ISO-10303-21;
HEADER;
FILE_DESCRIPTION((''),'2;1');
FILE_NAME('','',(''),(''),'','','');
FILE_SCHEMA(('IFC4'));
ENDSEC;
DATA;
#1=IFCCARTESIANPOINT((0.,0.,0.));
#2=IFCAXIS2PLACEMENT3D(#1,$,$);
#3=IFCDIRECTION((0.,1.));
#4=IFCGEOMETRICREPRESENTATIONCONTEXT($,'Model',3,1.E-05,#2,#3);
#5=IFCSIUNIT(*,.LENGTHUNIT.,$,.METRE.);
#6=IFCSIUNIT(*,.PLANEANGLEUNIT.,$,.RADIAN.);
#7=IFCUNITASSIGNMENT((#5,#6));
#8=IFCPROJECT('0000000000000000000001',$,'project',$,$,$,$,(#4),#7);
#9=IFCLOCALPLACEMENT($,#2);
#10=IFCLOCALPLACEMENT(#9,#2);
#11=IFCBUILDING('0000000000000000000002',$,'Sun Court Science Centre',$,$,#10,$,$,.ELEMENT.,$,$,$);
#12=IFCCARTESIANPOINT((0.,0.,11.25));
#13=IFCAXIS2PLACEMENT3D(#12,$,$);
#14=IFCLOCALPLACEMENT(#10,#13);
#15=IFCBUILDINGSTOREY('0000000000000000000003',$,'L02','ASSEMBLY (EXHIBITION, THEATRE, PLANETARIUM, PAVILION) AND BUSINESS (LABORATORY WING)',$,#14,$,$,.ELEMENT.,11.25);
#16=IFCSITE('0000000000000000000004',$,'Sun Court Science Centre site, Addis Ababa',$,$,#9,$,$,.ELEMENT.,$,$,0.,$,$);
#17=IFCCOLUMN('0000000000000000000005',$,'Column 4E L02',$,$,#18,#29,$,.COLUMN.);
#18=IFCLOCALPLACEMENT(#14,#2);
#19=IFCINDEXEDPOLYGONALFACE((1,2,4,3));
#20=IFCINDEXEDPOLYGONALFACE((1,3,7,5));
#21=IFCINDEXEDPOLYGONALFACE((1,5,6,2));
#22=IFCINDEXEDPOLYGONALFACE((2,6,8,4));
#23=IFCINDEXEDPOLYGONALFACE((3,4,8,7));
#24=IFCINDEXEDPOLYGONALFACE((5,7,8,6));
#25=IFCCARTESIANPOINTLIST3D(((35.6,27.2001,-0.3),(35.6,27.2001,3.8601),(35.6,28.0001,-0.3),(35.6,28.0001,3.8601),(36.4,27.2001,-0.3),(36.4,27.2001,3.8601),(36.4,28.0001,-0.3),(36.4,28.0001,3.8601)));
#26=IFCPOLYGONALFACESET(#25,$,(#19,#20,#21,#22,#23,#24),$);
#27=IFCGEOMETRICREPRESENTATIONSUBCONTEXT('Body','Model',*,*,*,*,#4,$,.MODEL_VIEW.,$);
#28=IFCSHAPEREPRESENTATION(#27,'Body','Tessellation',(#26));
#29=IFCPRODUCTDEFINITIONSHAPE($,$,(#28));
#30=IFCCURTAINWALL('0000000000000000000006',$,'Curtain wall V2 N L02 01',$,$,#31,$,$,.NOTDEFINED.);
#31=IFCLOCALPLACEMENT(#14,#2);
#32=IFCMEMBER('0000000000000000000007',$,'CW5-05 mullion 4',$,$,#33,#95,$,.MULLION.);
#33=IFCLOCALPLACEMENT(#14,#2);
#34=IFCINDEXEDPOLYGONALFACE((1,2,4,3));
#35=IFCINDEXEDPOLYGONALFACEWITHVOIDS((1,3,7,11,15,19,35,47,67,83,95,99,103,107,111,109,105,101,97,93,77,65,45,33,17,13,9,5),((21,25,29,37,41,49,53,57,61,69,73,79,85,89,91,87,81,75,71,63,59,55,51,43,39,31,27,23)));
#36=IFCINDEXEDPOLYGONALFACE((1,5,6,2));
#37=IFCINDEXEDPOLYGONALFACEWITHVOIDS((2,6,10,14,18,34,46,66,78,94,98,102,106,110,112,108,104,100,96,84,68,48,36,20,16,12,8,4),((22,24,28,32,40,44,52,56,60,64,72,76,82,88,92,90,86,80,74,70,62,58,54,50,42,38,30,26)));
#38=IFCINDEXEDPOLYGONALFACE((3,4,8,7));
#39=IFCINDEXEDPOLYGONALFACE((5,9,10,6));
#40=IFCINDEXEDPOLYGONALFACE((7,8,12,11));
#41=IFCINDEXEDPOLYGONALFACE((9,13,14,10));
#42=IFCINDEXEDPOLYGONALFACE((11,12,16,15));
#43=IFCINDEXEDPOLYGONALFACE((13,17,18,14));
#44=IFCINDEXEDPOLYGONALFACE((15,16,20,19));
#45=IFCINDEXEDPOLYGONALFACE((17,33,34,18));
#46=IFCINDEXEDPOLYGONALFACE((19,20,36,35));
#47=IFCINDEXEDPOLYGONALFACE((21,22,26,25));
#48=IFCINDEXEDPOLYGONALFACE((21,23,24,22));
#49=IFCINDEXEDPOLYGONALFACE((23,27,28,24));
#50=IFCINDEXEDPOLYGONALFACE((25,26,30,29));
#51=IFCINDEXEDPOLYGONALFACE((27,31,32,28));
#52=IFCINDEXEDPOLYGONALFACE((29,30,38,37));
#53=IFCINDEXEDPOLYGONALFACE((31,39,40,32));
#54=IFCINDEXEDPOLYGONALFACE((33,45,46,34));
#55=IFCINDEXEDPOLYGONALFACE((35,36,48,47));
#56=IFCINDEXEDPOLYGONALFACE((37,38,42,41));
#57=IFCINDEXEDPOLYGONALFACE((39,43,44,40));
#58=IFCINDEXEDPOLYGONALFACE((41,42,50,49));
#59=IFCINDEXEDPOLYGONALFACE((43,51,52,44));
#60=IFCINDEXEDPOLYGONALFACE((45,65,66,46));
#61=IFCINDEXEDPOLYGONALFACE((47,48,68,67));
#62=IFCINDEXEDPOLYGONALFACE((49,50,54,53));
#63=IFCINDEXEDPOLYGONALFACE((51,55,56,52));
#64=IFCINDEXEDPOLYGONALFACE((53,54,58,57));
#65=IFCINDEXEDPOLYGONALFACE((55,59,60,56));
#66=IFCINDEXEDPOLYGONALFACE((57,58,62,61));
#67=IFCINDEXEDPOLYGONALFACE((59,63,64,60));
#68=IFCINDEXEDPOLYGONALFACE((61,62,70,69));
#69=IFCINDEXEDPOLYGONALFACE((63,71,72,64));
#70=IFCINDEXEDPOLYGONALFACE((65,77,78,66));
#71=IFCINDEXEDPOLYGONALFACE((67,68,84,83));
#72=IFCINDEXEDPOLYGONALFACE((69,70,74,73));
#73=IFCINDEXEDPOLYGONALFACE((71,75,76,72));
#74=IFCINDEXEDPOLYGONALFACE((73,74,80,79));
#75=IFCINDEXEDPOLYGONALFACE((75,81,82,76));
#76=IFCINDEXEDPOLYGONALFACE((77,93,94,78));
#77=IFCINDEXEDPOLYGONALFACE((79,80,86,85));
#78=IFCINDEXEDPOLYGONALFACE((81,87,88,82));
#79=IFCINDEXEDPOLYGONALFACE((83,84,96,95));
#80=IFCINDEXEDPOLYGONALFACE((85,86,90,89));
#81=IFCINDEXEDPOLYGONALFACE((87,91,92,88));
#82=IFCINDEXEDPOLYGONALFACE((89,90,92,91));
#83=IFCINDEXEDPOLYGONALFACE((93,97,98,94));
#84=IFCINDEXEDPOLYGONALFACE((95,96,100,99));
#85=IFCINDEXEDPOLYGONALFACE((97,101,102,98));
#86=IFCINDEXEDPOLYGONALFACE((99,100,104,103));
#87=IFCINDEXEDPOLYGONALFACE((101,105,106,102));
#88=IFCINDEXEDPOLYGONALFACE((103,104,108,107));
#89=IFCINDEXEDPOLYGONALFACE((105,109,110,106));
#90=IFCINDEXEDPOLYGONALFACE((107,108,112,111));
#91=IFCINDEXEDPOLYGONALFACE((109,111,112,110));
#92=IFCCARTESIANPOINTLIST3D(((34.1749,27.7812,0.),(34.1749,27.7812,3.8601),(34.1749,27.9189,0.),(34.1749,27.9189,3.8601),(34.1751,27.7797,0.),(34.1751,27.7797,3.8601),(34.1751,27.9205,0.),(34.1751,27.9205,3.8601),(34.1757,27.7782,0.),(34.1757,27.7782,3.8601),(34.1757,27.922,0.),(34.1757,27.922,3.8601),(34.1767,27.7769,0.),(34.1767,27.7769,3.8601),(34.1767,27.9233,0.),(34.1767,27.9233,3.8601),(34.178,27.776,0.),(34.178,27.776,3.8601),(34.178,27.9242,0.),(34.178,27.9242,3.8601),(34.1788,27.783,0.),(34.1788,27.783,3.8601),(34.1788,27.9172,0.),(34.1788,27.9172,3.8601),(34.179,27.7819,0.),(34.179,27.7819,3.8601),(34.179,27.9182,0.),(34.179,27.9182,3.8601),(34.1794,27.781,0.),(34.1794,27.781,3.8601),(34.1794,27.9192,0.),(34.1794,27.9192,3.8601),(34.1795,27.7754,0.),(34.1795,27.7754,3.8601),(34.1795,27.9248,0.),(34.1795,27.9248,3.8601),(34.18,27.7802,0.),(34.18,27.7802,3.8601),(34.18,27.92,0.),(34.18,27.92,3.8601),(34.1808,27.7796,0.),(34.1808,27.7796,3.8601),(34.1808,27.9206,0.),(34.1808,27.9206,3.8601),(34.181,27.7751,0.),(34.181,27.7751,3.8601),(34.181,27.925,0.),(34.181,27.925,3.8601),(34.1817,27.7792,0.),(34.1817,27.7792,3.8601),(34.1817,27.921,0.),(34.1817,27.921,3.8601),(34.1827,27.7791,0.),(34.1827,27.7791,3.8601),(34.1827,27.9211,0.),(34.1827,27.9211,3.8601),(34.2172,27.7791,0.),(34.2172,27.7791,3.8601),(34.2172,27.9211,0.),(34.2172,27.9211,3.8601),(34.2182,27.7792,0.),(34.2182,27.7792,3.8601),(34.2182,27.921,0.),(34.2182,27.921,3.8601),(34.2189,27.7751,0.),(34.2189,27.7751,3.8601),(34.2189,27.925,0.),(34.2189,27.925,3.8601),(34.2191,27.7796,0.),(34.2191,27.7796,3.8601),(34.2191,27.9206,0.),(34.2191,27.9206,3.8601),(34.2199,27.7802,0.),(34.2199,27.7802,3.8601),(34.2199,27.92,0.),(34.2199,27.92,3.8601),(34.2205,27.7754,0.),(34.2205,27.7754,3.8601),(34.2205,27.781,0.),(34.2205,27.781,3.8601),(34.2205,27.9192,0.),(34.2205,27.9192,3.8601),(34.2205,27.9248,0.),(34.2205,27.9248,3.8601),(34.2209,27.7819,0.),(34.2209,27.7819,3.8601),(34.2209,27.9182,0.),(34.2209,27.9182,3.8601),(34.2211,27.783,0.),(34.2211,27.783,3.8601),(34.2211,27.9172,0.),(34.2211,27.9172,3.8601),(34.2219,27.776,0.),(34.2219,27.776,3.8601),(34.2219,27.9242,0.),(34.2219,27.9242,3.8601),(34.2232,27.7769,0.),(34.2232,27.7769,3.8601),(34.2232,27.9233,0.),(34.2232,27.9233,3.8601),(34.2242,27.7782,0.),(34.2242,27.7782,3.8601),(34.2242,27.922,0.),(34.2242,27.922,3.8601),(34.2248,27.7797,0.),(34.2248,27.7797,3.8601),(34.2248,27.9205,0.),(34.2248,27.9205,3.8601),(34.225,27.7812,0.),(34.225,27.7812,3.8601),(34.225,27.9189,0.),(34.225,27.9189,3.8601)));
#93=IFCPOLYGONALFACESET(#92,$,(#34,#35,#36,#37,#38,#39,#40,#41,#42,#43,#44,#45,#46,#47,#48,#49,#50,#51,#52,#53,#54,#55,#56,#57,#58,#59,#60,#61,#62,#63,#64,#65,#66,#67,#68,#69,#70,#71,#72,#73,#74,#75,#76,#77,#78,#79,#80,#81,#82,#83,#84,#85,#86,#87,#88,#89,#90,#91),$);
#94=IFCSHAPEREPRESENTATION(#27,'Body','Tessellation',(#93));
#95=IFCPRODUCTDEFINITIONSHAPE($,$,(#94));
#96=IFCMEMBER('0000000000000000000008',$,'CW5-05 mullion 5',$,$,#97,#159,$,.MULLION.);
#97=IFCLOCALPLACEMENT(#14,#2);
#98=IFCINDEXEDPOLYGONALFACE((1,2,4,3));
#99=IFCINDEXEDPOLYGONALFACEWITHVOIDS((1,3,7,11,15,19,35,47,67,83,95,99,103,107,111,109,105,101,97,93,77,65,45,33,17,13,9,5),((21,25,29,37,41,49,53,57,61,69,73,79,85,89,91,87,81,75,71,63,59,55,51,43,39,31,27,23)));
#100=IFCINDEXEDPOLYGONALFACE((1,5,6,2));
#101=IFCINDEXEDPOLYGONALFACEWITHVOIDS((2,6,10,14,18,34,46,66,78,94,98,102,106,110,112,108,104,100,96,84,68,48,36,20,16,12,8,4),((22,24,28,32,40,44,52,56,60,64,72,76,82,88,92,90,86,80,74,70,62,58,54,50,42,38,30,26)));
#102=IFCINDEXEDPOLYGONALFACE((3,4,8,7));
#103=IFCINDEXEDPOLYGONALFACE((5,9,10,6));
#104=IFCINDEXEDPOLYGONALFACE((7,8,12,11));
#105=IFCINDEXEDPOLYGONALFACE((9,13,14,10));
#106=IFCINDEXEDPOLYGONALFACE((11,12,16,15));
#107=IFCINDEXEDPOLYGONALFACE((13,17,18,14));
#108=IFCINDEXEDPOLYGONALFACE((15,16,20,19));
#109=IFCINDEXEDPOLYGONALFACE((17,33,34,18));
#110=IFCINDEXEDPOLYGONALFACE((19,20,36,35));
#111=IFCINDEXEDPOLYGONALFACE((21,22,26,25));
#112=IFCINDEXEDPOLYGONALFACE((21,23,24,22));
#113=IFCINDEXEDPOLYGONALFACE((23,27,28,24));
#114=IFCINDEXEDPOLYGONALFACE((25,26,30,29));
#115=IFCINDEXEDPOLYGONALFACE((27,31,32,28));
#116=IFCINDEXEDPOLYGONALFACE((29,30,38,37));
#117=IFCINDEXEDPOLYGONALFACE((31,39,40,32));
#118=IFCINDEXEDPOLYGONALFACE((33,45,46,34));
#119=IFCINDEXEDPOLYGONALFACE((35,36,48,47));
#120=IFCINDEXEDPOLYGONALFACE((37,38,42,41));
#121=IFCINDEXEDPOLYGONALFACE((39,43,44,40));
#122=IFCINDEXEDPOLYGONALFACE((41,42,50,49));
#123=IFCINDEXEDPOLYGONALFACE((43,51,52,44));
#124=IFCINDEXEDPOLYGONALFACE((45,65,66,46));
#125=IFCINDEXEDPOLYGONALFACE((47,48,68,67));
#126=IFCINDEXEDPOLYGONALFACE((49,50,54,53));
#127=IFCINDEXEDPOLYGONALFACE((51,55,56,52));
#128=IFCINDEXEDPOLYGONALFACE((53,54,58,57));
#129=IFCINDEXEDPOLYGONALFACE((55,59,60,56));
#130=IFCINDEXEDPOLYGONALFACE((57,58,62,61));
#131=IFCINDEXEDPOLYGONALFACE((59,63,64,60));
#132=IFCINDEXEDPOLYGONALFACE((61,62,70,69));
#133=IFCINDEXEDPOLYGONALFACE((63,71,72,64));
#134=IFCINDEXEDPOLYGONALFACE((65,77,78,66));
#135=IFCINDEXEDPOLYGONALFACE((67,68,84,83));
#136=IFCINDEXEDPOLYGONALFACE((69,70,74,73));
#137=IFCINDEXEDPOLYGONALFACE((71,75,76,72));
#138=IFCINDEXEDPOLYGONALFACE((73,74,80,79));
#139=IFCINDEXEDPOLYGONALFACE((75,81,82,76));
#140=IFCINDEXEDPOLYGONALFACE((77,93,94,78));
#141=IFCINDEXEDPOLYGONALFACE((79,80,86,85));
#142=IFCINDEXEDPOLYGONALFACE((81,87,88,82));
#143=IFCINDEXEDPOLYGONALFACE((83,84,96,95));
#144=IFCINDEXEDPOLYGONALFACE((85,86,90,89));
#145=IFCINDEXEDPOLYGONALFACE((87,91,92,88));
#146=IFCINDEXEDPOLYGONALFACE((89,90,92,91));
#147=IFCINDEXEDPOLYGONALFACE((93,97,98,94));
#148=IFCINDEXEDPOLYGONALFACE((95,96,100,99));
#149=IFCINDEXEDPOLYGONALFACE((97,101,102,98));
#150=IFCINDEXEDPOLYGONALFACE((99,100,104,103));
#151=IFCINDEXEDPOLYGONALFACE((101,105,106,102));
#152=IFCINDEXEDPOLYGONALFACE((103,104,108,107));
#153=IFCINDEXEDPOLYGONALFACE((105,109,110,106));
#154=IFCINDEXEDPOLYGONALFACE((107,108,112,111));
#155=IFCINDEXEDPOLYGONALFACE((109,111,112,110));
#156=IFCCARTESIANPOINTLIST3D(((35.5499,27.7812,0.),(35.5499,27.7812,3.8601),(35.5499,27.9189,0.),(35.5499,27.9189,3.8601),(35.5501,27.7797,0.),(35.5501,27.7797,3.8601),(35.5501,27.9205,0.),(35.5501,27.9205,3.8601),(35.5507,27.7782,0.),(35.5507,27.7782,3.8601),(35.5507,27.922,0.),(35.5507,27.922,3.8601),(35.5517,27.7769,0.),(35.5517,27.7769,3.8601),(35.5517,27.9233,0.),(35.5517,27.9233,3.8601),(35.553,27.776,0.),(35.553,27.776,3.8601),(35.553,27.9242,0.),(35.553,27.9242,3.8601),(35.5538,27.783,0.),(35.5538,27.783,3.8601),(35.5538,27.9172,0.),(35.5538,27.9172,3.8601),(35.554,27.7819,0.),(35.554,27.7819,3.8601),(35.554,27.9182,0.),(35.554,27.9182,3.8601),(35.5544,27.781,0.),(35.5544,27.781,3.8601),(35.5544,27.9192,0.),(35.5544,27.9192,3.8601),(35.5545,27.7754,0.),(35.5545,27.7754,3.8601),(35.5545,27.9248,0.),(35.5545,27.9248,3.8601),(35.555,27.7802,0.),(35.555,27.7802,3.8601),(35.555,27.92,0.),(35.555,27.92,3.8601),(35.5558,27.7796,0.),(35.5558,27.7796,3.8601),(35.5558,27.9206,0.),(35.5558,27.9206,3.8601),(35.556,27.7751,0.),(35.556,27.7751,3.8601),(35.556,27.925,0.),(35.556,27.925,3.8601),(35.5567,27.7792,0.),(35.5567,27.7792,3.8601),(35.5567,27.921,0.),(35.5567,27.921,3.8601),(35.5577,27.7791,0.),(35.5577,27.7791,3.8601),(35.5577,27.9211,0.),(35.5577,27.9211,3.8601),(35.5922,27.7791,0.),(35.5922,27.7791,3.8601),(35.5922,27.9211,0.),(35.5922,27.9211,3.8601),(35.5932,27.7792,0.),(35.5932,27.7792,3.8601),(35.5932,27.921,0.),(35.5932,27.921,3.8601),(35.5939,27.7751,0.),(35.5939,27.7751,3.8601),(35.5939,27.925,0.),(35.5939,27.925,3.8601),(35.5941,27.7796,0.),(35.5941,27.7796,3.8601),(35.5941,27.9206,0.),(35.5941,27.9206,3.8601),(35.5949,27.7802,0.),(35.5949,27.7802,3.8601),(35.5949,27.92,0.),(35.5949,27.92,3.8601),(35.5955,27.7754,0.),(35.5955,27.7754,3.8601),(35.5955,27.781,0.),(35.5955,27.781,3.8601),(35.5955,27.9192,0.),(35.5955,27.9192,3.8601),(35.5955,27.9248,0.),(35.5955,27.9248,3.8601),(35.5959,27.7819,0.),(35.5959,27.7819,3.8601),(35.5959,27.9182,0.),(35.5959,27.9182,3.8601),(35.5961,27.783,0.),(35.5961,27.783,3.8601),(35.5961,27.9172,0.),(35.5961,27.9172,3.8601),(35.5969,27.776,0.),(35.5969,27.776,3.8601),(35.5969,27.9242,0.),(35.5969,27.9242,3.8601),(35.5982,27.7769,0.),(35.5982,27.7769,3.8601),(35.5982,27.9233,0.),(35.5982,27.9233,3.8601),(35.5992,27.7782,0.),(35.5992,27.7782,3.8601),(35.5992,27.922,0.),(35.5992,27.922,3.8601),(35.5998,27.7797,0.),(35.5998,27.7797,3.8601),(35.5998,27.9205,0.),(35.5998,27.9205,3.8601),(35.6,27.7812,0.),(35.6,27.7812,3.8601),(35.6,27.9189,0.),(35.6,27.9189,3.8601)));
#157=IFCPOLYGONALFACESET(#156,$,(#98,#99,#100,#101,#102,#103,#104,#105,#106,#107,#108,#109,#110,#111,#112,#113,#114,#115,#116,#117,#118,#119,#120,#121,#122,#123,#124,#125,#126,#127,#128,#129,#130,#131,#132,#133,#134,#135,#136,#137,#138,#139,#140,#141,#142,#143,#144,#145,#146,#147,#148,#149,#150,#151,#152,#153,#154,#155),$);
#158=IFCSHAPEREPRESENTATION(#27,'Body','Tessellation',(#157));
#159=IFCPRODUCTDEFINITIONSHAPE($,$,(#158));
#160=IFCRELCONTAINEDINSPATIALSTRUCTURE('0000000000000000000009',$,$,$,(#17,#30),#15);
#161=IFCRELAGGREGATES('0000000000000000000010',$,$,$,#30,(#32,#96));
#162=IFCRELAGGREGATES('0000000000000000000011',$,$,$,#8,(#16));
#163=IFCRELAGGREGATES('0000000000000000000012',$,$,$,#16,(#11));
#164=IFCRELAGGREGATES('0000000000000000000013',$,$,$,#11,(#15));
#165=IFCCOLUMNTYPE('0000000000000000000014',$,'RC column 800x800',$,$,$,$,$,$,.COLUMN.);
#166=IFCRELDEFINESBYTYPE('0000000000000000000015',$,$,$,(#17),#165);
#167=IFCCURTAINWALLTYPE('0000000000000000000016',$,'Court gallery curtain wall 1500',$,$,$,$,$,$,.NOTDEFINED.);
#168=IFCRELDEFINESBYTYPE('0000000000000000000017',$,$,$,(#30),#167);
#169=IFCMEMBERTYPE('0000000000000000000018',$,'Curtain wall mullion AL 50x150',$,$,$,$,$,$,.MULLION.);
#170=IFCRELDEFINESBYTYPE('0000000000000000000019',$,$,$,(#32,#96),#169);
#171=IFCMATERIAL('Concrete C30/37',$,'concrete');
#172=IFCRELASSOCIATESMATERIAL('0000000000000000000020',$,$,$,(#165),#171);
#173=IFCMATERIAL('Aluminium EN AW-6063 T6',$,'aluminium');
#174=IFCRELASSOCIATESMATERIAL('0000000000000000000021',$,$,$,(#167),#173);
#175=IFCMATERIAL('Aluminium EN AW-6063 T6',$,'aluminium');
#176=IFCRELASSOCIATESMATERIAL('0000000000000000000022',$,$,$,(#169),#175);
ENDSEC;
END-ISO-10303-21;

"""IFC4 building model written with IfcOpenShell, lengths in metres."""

from ifc_helpers import new_model, si_unit, direction, frame, origin, origin_2d, place, context, subcontext, project, spatial, rectangle, hollow_rectangle, extrude, material, material_profile, profile_set, type_object, element, aggregate, save


model = new_model("IFC4")

# Units and contexts
model_context = context("Model", 3, precision=1e-05, world=origin(), true_north=direction((0.0, 1.0)))
body_context = subcontext(model_context, "Body", "Model", "MODEL_VIEW")
ifc_project = project(units=[si_unit("LENGTHUNIT", "METRE"), si_unit("PLANEANGLEUNIT", "RADIAN")], contexts=[model_context])

# Site, building, storey
site_placement = place(None, origin())
site = spatial("IfcSite", under=ifc_project, at=site_placement, Name="Sun Court Science Centre site, Addis Ababa", CompositionType="ELEMENT", RefElevation=0.0)
building_placement = place(site_placement, origin())
building = spatial("IfcBuilding", under=site, at=building_placement, Name="Sun Court Science Centre", CompositionType="ELEMENT")
storey_placement = place(building_placement, frame((0.0, 0.0, 11.25)))
storey = spatial("IfcBuildingStorey", under=building, at=storey_placement, Name="L02", Description="ASSEMBLY (EXHIBITION, THEATRE, PLANETARIUM, PAVILION) AND BUSINESS (LABORATORY WING)", CompositionType="ELEMENT", Elevation=11.25)

# Column
ifc_material_1 = material(Name="Concrete C30/37", Category="concrete")
ifc_material_profile_1 = material_profile(ifc_material_1, rectangle(XDim=0.8, YDim=0.8, at=origin_2d()), Name="RC 800x800")
ifc_profile_set_1 = profile_set([ifc_material_profile_1], Name="Concrete C30/37")
column_type = type_object("IfcColumnType", Name="RC column 800x800", PredefinedType="COLUMN", material=ifc_profile_set_1)
column_placement = place(storey_placement, frame((36.0, 27.6001, -0.3), z_axis=(0.0, 0.0, 1.0), x_axis=(1.0, 0.0, 0.0)))
element("IfcColumn", 1, at=column_placement, inside=storey, type_object=column_type, Name="Column 4E L02", PredefinedType="COLUMN", context=body_context, shape_type="SweptSolid", body=[
    extrude(rectangle(XDim=0.8, YDim=0.8, at=origin_2d()), origin(), (0.0, 0.0, 1.0), 4.1602),
])

# Curtain wall, members
ifc_material_2 = material(Name="Aluminium EN AW-6063 T6", Category="aluminium")
curtain_wall_type_1 = type_object("IfcCurtainWallType", Name="Court gallery curtain wall 1500", PredefinedType="NOTDEFINED", material=ifc_material_2)
curtain_wall_1_placement = place(storey_placement, origin())
curtain_wall_1 = element("IfcCurtainWall", 2, at=curtain_wall_1_placement, inside=storey, type_object=curtain_wall_type_1, Name="Curtain wall V2 N L02 01", PredefinedType="NOTDEFINED")
ifc_material_3 = material(Name="Aluminium EN AW-6063 T6", Category="aluminium")
ifc_material_profile_2 = material_profile(ifc_material_3, hollow_rectangle(XDim=0.05, YDim=0.1499, WallThickness=0.0039, InnerFilletRadius=0.0039, OuterFilletRadius=0.0061, at=origin_2d()), Name="AL 50x150x4")
ifc_profile_set_2 = profile_set([ifc_material_profile_2], Name="Aluminium EN AW-6063 T6")
member_type_1 = type_object("IfcMemberType", Name="Curtain wall mullion AL 50x150", PredefinedType="MULLION", material=ifc_profile_set_2)
member_1_placement = place(storey_placement, frame((34.2, 27.8501, 0.0), z_axis=(0.0, 0.0, 1.0), x_axis=(1.0, 0.0, 0.0)))
member_1 = element("IfcMember", 3, at=member_1_placement, type_object=member_type_1, Name="CW5-05 mullion 4", PredefinedType="MULLION", context=body_context, shape_type="SweptSolid", body=[
    extrude(hollow_rectangle(XDim=0.05, YDim=0.1499, WallThickness=0.0039, InnerFilletRadius=0.0039, OuterFilletRadius=0.0061, at=origin_2d()), origin(), (0.0, 0.0, 1.0), 3.8601),
])
member_2_placement = place(storey_placement, frame((35.575, 27.8501, 0.0), z_axis=(0.0, 0.0, 1.0), x_axis=(1.0, 0.0, 0.0)))
member_2 = element("IfcMember", 4, at=member_2_placement, type_object=member_type_1, Name="CW5-05 mullion 5", PredefinedType="MULLION", context=body_context, shape_type="SweptSolid", body=[
    extrude(hollow_rectangle(XDim=0.05, YDim=0.1499, WallThickness=0.0039, InnerFilletRadius=0.0039, OuterFilletRadius=0.0061, at=origin_2d()), origin(), (0.0, 0.0, 1.0), 3.8601),
])

aggregate(curtain_wall_1, [member_1, member_2])

save(model, "model.ifc")
